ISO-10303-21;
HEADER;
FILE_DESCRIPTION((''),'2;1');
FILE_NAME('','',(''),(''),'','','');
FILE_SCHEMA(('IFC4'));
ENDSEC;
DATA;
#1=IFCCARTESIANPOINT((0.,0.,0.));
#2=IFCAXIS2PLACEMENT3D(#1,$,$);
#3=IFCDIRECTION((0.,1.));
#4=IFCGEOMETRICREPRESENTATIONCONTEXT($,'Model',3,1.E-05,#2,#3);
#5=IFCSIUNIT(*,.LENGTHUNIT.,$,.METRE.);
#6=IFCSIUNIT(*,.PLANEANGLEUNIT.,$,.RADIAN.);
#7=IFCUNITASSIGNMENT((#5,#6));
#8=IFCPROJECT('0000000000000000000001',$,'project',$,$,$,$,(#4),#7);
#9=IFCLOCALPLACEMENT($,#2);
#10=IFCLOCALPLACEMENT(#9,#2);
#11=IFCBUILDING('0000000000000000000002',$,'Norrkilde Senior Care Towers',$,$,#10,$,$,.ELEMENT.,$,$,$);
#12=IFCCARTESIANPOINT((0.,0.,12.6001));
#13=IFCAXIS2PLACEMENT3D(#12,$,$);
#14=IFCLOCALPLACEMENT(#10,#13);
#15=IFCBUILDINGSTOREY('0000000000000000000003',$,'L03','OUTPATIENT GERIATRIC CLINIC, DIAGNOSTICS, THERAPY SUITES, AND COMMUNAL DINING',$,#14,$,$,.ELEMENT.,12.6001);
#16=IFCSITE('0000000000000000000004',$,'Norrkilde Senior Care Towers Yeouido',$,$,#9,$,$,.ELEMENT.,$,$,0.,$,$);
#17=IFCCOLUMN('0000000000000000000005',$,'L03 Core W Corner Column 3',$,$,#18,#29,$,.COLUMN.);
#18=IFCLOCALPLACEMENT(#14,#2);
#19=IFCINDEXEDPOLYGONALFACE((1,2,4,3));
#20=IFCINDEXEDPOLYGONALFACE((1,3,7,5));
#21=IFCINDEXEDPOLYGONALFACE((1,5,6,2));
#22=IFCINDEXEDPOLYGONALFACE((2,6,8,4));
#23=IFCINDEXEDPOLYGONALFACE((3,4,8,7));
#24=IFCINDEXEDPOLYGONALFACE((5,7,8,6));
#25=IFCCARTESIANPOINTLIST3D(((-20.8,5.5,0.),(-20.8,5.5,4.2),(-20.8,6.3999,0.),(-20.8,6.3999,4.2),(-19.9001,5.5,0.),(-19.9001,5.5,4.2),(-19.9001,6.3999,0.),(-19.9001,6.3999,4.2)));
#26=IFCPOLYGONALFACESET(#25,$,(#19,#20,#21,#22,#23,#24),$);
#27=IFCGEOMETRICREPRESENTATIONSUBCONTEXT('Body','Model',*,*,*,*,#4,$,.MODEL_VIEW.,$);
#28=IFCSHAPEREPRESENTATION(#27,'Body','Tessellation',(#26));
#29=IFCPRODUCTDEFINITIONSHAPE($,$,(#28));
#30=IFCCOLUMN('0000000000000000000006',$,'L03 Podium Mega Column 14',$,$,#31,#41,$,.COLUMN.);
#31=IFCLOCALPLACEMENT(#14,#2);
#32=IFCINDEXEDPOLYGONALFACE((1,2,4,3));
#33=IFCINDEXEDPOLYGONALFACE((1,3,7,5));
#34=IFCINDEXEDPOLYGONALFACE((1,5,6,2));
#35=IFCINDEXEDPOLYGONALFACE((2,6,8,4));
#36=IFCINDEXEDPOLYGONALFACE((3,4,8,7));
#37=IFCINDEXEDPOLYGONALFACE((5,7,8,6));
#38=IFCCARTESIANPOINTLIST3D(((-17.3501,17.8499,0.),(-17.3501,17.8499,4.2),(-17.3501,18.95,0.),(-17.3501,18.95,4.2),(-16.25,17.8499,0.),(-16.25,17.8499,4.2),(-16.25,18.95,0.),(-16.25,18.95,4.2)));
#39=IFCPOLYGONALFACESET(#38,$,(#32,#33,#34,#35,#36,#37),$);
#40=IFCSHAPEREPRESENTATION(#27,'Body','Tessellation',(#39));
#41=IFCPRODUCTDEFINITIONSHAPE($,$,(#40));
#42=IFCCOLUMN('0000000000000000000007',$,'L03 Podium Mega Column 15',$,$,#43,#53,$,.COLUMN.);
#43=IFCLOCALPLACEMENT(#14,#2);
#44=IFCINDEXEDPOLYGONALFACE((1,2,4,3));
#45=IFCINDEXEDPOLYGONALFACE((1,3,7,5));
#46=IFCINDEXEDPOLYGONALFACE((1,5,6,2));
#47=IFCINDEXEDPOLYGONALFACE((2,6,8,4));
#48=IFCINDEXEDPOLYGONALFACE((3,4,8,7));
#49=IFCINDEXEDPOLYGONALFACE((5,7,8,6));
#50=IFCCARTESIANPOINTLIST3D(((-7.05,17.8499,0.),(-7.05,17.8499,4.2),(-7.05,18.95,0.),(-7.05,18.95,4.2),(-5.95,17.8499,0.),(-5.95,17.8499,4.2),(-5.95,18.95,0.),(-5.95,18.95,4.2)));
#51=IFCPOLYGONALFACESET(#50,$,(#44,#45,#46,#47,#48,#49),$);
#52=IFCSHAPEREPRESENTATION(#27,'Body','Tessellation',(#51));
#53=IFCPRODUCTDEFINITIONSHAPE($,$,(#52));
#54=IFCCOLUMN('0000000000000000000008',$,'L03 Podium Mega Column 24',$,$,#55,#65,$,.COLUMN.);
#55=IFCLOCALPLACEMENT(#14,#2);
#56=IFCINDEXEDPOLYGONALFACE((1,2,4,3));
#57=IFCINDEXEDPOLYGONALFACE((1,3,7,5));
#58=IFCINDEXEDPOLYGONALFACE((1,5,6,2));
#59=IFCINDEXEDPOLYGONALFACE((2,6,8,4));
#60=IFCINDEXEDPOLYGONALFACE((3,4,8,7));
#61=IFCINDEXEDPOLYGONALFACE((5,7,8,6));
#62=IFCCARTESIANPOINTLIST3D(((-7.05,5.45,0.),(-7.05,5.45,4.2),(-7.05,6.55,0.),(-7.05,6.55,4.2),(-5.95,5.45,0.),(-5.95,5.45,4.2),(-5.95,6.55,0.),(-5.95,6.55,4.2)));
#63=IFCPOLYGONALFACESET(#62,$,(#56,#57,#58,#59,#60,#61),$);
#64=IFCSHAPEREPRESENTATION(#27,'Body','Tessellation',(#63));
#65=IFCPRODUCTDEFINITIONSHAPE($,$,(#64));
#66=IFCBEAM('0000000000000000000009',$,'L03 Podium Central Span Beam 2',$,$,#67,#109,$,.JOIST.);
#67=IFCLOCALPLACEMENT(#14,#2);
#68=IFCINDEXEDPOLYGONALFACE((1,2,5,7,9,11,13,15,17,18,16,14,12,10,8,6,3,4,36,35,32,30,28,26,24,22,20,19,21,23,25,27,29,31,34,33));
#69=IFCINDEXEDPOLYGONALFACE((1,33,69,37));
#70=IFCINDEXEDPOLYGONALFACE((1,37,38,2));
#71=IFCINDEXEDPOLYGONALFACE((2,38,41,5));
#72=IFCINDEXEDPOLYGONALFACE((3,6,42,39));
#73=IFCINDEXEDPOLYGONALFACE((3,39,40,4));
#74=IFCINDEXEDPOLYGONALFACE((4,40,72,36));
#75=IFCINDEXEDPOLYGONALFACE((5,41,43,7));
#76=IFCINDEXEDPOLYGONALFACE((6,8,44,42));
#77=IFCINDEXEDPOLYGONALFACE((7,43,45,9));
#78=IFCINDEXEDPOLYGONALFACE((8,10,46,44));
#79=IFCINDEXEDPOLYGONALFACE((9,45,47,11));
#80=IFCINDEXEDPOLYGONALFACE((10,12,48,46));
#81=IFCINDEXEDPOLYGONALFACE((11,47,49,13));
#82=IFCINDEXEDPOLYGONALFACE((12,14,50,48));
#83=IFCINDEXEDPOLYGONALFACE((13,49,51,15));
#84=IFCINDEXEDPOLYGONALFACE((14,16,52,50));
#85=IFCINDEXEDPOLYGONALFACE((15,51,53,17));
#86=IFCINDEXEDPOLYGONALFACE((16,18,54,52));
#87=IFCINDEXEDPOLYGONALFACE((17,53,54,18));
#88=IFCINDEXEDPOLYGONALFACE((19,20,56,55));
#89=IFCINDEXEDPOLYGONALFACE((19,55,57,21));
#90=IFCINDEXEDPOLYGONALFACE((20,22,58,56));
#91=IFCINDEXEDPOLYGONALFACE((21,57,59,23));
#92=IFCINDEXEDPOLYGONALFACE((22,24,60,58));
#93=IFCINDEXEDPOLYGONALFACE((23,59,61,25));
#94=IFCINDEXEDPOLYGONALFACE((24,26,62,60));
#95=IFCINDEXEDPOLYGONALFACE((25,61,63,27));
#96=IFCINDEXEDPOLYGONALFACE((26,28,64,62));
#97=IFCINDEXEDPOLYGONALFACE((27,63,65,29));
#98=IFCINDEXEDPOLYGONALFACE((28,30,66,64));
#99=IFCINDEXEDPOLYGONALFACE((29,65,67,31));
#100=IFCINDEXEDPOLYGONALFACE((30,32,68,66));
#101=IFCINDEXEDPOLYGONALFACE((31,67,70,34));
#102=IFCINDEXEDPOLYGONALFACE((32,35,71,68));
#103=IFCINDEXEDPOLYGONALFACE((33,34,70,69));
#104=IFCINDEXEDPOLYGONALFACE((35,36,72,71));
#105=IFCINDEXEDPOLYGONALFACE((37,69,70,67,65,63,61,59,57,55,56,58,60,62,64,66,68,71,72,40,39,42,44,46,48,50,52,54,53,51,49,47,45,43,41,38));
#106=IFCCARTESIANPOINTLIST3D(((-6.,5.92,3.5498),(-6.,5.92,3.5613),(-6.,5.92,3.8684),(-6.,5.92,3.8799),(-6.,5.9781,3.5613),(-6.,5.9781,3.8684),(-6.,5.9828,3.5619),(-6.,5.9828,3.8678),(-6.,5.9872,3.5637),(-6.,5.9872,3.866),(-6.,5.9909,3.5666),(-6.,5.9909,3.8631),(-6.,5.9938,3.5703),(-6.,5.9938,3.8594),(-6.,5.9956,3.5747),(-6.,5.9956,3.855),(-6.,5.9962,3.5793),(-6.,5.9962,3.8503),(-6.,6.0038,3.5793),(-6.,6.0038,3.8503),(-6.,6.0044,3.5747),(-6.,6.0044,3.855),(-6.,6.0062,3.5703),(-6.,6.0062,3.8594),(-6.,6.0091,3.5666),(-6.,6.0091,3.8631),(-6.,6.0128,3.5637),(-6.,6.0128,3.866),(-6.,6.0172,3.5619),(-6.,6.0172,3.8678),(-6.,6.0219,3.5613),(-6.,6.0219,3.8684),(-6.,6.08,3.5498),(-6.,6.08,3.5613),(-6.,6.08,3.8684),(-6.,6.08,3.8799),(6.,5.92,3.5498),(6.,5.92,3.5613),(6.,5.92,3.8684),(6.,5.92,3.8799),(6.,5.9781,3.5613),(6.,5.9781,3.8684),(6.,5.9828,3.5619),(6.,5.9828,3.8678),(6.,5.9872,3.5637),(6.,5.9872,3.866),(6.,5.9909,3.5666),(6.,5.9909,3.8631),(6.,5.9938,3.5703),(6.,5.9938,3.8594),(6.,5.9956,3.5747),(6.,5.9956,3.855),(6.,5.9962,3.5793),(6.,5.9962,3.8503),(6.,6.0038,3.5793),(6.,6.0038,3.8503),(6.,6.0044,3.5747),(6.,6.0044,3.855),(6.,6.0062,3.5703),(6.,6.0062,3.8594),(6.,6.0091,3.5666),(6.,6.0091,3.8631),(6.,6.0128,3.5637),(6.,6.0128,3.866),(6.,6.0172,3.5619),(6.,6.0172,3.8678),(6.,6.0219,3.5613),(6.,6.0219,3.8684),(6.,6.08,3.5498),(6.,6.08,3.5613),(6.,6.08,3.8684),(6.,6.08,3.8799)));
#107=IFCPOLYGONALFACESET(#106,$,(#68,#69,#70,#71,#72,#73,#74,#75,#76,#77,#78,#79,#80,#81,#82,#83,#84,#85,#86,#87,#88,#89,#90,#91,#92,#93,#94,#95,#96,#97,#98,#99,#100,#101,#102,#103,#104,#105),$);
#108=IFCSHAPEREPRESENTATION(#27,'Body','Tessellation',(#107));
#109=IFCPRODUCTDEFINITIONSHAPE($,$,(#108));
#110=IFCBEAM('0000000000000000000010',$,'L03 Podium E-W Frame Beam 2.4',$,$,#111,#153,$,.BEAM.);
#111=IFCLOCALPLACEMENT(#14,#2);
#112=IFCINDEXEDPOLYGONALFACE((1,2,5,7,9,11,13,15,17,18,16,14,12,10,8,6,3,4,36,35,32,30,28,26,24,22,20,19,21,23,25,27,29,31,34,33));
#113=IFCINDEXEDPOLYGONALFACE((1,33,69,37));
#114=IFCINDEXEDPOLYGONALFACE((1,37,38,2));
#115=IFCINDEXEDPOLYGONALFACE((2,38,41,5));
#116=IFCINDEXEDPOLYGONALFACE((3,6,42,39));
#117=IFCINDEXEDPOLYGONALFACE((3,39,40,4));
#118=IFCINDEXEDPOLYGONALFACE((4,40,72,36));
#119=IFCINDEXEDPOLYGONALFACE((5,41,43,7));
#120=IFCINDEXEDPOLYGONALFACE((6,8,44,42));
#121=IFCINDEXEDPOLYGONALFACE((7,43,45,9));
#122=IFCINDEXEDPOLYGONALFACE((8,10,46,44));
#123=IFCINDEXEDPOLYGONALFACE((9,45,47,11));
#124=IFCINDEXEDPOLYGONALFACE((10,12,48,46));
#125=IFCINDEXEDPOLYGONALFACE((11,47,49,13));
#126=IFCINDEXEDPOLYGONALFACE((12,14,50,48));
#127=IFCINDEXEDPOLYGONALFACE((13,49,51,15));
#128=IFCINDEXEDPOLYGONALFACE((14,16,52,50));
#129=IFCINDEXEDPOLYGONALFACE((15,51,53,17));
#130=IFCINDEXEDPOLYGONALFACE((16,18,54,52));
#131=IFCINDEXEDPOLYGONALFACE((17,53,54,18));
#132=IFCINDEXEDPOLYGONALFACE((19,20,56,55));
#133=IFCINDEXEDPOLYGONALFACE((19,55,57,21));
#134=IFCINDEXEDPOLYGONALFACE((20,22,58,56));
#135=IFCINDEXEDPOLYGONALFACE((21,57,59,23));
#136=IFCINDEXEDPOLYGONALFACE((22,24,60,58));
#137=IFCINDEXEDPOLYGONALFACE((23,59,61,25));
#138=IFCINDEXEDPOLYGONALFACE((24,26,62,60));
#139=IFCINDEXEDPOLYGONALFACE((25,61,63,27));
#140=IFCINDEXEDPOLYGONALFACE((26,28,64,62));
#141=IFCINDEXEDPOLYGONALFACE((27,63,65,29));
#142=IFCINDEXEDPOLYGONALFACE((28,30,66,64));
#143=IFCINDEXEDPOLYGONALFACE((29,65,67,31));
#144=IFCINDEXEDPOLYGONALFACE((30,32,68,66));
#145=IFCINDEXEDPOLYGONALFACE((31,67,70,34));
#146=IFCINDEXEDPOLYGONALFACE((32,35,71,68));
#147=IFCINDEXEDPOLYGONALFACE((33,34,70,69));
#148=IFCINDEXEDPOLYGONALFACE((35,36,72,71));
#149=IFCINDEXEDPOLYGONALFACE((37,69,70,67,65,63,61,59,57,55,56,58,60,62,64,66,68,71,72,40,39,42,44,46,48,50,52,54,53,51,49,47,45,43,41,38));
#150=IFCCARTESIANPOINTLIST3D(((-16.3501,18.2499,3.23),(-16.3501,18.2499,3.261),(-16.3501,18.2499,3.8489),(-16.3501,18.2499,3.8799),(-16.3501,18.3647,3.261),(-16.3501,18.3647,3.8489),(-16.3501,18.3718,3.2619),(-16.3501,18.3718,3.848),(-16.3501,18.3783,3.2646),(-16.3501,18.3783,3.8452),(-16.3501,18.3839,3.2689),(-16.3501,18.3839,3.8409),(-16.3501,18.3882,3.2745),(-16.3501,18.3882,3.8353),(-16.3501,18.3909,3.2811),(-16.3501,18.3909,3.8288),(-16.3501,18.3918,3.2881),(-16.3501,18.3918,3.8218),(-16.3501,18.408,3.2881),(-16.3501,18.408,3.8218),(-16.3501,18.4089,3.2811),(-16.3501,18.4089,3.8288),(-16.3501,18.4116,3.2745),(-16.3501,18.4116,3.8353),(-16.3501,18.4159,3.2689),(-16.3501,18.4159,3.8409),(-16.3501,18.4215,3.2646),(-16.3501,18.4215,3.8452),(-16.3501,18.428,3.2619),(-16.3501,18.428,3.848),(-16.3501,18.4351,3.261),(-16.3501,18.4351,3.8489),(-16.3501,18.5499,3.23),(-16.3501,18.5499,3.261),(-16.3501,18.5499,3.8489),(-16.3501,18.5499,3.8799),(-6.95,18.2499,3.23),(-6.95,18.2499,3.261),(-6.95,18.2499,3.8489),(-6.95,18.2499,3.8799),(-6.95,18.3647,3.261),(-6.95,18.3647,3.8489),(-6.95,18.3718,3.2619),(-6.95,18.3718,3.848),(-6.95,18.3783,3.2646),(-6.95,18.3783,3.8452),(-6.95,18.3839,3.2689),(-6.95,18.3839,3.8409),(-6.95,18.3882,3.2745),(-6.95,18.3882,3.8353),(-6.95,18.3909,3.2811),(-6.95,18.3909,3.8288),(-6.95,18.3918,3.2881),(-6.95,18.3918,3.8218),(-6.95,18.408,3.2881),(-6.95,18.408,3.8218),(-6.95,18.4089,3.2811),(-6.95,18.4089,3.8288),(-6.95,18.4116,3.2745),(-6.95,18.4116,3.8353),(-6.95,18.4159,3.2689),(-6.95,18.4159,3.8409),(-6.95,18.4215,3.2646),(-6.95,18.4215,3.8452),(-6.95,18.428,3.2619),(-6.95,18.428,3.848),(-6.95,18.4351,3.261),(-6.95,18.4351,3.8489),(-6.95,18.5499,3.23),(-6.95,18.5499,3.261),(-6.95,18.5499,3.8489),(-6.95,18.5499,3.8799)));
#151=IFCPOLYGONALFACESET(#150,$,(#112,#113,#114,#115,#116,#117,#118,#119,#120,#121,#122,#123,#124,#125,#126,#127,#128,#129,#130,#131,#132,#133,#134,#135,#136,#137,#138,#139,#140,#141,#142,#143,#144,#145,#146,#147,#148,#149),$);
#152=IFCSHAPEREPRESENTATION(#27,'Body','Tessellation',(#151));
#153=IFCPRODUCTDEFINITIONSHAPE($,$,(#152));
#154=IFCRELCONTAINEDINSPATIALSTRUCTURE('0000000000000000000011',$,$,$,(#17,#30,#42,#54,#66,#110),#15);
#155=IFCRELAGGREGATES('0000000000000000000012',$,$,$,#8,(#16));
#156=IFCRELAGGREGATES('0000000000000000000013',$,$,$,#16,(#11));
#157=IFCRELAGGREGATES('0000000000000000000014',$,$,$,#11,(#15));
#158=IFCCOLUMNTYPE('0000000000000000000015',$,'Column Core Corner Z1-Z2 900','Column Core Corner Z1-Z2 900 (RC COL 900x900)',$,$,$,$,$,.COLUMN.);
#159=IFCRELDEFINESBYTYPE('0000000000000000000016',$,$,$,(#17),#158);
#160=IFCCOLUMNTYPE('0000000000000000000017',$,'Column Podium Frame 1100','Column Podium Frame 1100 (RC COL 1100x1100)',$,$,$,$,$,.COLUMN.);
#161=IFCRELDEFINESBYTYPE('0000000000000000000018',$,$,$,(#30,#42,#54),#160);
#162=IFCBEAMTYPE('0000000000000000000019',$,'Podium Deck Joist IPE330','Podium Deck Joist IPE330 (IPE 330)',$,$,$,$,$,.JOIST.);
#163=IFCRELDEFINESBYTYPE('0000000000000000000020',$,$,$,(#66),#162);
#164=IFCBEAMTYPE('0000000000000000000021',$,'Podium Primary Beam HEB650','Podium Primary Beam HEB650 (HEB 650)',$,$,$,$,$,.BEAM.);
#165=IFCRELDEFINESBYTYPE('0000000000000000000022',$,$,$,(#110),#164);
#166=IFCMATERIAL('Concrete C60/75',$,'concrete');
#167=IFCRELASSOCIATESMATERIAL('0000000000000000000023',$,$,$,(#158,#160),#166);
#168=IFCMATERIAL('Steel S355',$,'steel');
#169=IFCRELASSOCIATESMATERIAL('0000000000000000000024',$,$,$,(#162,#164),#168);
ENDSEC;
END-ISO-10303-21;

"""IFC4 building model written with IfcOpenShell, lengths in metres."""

from ifc_helpers import new_model, si_unit, direction, frame, origin, origin_2d, place, context, subcontext, project, spatial, rectangle, i_section, extrude, source, transform, mapped, material, material_profile, profile_set, type_object, type_shapes, element, save


model = new_model("IFC4")

# Units and contexts
model_context = context("Model", 3, precision=1e-05, world=origin(), true_north=direction((0.0, 1.0)))
body_context = subcontext(model_context, "Body", "Model", "MODEL_VIEW")
ifc_project = project(units=[si_unit("LENGTHUNIT", "METRE"), si_unit("PLANEANGLEUNIT", "RADIAN")], contexts=[model_context])

# Site, building, storey
site_placement = place(None, origin())
site = spatial("IfcSite", under=ifc_project, at=site_placement, Name="Norrkilde Senior Care Towers Yeouido", CompositionType="ELEMENT", RefElevation=0.0)
building_placement = place(site_placement, origin())
building = spatial("IfcBuilding", under=site, at=building_placement, Name="Norrkilde Senior Care Towers", CompositionType="ELEMENT")
storey_placement = place(building_placement, frame((0.0, 0.0, 12.6001)))
storey = spatial("IfcBuildingStorey", under=building, at=storey_placement, Name="L03", Description="OUTPATIENT GERIATRIC CLINIC, DIAGNOSTICS, THERAPY SUITES, AND COMMUNAL DINING", CompositionType="ELEMENT", Elevation=12.6001)

# Columns
ifc_material_1 = material(Name="Concrete C60/75", Category="concrete")
ifc_material_profile_1 = material_profile(ifc_material_1, rectangle(XDim=0.8999, YDim=0.8999, at=origin_2d()), Name="RC COL 900x900")
ifc_profile_set_1 = profile_set([ifc_material_profile_1], Name="Concrete C60/75")
column_type_1 = type_object("IfcColumnType", Name="Column Core Corner Z1-Z2 900", Description="Column Core Corner Z1-Z2 900 (RC COL 900x900)", PredefinedType="COLUMN", material=ifc_profile_set_1)
shared_shape_1 = source(origin(), body_context, "Body", "SweptSolid", [
    extrude(rectangle(XDim=0.8999, YDim=0.8999, at=origin_2d()), origin(), (0.0, 0.0, 1.0), 4.2),
])
type_shapes(column_type_1, [shared_shape_1])
column_placement = place(storey_placement, frame((-20.3501, 5.95, 0.0), z_axis=(0.0, 0.0, 1.0), x_axis=(1.0, 0.0, 0.0)))
element("IfcColumn", 1, at=column_placement, inside=storey, type_object=column_type_1, Name="L03 Core W Corner Column 3", PredefinedType="COLUMN", context=body_context, shape_type="MappedRepresentation", body=[
    mapped(shared_shape_1, transform((0.0, 0.0, 0.0), x_axis=(1.0, 0.0, 0.0), y_axis=(0.0, 1.0, 0.0), z_axis=(0.0, 0.0, 1.0), scale=1.0)),
])
ifc_material_profile_2 = material_profile(ifc_material_1, rectangle(XDim=1.1001, YDim=1.1001, at=origin_2d()), Name="RC COL 1100x1100")
ifc_profile_set_2 = profile_set([ifc_material_profile_2], Name="Concrete C60/75")
column_type_2 = type_object("IfcColumnType", Name="Column Podium Frame 1100", Description="Column Podium Frame 1100 (RC COL 1100x1100)", PredefinedType="COLUMN", material=ifc_profile_set_2)
shared_shape_2 = source(origin(), body_context, "Body", "SweptSolid", [
    extrude(rectangle(XDim=1.1001, YDim=1.1001, at=origin_2d()), origin(), (0.0, 0.0, 1.0), 4.2),
])
type_shapes(column_type_2, [shared_shape_2])
for number, where, z_axis, x_axis, name in (
    (2, (-16.8, 18.3999, 0.0), (0.0, 0.0, 1.0), (1.0, 0.0, 0.0), "L03 Podium Mega Column 14"),
    (3, (-6.5, 18.3999, 0.0), (0.0, 0.0, 1.0), (1.0, 0.0, 0.0), "L03 Podium Mega Column 15"),
    (4, (-6.5, 6.0, 0.0), (0.0, 0.0, 1.0), (1.0, 0.0, 0.0), "L03 Podium Mega Column 24"),
):
    element("IfcColumn", number, at=place(storey_placement, frame(where, z_axis=z_axis, x_axis=x_axis)), inside=storey, type_object=column_type_2, Name=name, PredefinedType="COLUMN", context=body_context, shape_type="MappedRepresentation", body=[
        mapped(shared_shape_2, transform((0.0, 0.0, 0.0), x_axis=(1.0, 0.0, 0.0), y_axis=(0.0, 1.0, 0.0), z_axis=(0.0, 0.0, 1.0), scale=1.0)),
    ])

# Beams
ifc_material_2 = material(Name="Steel S355", Category="steel")
ifc_material_profile_3 = material_profile(ifc_material_2, i_section(OverallWidth=0.1599, OverallDepth=0.3301, WebThickness=0.0076, FlangeThickness=0.0115, FilletRadius=0.0181, at=origin_2d()), Name="IPE 330")
ifc_profile_set_3 = profile_set([ifc_material_profile_3], Name="Steel S355")
beam_type_1 = type_object("IfcBeamType", Name="Podium Deck Joist IPE330", Description="Podium Deck Joist IPE330 (IPE 330)", PredefinedType="JOIST", material=ifc_profile_set_3)
shared_shape_3 = source(origin(), body_context, "Body", "SweptSolid", [
    extrude(i_section(OverallWidth=0.1599, OverallDepth=0.3301, WebThickness=0.0076, FlangeThickness=0.0115, FilletRadius=0.0181, at=origin_2d()), origin(), (0.0, 0.0, 1.0), 12.0),
])
type_shapes(beam_type_1, [shared_shape_3])
beam_1_placement = place(storey_placement, frame((-6.0, 6.0, 3.7148), z_axis=(1.0, 0.0, 0.0), x_axis=(0.0, 1.0, 0.0)))
element("IfcBeam", 5, at=beam_1_placement, inside=storey, type_object=beam_type_1, Name="L03 Podium Central Span Beam 2", PredefinedType="JOIST", context=body_context, shape_type="MappedRepresentation", body=[
    mapped(shared_shape_3, transform((0.0, 0.0, 0.0), x_axis=(1.0, 0.0, 0.0), y_axis=(0.0, 1.0, 0.0), z_axis=(0.0, 0.0, 1.0), scale=1.0)),
])
ifc_material_profile_4 = material_profile(ifc_material_2, i_section(OverallWidth=0.3, OverallDepth=0.6499, WebThickness=0.0161, FlangeThickness=0.031, FilletRadius=0.0271, at=origin_2d()), Name="HEB 650")
ifc_profile_set_4 = profile_set([ifc_material_profile_4], Name="Steel S355")
beam_type_2 = type_object("IfcBeamType", Name="Podium Primary Beam HEB650", Description="Podium Primary Beam HEB650 (HEB 650)", PredefinedType="BEAM", material=ifc_profile_set_4)
shared_shape_4 = source(origin(), body_context, "Body", "SweptSolid", [
    extrude(i_section(OverallWidth=0.3, OverallDepth=0.6499, WebThickness=0.0161, FlangeThickness=0.031, FilletRadius=0.0271, at=origin_2d()), origin(), (0.0, 0.0, 1.0), 9.4001),
])
beam_2_placement = place(storey_placement, frame((-16.3501, 18.3999, 3.5549), z_axis=(1.0, 0.0, 0.0), x_axis=(0.0, 1.0, 0.0)))
element("IfcBeam", 6, at=beam_2_placement, inside=storey, type_object=beam_type_2, Name="L03 Podium E-W Frame Beam 2.4", PredefinedType="BEAM", context=body_context, shape_type="MappedRepresentation", body=[
    mapped(shared_shape_4, transform((0.0, 0.0, 0.0), x_axis=(1.0, 0.0, 0.0), y_axis=(0.0, 1.0, 0.0), z_axis=(0.0, 0.0, 1.0), scale=1.0)),
])

save(model, "model.ifc")
